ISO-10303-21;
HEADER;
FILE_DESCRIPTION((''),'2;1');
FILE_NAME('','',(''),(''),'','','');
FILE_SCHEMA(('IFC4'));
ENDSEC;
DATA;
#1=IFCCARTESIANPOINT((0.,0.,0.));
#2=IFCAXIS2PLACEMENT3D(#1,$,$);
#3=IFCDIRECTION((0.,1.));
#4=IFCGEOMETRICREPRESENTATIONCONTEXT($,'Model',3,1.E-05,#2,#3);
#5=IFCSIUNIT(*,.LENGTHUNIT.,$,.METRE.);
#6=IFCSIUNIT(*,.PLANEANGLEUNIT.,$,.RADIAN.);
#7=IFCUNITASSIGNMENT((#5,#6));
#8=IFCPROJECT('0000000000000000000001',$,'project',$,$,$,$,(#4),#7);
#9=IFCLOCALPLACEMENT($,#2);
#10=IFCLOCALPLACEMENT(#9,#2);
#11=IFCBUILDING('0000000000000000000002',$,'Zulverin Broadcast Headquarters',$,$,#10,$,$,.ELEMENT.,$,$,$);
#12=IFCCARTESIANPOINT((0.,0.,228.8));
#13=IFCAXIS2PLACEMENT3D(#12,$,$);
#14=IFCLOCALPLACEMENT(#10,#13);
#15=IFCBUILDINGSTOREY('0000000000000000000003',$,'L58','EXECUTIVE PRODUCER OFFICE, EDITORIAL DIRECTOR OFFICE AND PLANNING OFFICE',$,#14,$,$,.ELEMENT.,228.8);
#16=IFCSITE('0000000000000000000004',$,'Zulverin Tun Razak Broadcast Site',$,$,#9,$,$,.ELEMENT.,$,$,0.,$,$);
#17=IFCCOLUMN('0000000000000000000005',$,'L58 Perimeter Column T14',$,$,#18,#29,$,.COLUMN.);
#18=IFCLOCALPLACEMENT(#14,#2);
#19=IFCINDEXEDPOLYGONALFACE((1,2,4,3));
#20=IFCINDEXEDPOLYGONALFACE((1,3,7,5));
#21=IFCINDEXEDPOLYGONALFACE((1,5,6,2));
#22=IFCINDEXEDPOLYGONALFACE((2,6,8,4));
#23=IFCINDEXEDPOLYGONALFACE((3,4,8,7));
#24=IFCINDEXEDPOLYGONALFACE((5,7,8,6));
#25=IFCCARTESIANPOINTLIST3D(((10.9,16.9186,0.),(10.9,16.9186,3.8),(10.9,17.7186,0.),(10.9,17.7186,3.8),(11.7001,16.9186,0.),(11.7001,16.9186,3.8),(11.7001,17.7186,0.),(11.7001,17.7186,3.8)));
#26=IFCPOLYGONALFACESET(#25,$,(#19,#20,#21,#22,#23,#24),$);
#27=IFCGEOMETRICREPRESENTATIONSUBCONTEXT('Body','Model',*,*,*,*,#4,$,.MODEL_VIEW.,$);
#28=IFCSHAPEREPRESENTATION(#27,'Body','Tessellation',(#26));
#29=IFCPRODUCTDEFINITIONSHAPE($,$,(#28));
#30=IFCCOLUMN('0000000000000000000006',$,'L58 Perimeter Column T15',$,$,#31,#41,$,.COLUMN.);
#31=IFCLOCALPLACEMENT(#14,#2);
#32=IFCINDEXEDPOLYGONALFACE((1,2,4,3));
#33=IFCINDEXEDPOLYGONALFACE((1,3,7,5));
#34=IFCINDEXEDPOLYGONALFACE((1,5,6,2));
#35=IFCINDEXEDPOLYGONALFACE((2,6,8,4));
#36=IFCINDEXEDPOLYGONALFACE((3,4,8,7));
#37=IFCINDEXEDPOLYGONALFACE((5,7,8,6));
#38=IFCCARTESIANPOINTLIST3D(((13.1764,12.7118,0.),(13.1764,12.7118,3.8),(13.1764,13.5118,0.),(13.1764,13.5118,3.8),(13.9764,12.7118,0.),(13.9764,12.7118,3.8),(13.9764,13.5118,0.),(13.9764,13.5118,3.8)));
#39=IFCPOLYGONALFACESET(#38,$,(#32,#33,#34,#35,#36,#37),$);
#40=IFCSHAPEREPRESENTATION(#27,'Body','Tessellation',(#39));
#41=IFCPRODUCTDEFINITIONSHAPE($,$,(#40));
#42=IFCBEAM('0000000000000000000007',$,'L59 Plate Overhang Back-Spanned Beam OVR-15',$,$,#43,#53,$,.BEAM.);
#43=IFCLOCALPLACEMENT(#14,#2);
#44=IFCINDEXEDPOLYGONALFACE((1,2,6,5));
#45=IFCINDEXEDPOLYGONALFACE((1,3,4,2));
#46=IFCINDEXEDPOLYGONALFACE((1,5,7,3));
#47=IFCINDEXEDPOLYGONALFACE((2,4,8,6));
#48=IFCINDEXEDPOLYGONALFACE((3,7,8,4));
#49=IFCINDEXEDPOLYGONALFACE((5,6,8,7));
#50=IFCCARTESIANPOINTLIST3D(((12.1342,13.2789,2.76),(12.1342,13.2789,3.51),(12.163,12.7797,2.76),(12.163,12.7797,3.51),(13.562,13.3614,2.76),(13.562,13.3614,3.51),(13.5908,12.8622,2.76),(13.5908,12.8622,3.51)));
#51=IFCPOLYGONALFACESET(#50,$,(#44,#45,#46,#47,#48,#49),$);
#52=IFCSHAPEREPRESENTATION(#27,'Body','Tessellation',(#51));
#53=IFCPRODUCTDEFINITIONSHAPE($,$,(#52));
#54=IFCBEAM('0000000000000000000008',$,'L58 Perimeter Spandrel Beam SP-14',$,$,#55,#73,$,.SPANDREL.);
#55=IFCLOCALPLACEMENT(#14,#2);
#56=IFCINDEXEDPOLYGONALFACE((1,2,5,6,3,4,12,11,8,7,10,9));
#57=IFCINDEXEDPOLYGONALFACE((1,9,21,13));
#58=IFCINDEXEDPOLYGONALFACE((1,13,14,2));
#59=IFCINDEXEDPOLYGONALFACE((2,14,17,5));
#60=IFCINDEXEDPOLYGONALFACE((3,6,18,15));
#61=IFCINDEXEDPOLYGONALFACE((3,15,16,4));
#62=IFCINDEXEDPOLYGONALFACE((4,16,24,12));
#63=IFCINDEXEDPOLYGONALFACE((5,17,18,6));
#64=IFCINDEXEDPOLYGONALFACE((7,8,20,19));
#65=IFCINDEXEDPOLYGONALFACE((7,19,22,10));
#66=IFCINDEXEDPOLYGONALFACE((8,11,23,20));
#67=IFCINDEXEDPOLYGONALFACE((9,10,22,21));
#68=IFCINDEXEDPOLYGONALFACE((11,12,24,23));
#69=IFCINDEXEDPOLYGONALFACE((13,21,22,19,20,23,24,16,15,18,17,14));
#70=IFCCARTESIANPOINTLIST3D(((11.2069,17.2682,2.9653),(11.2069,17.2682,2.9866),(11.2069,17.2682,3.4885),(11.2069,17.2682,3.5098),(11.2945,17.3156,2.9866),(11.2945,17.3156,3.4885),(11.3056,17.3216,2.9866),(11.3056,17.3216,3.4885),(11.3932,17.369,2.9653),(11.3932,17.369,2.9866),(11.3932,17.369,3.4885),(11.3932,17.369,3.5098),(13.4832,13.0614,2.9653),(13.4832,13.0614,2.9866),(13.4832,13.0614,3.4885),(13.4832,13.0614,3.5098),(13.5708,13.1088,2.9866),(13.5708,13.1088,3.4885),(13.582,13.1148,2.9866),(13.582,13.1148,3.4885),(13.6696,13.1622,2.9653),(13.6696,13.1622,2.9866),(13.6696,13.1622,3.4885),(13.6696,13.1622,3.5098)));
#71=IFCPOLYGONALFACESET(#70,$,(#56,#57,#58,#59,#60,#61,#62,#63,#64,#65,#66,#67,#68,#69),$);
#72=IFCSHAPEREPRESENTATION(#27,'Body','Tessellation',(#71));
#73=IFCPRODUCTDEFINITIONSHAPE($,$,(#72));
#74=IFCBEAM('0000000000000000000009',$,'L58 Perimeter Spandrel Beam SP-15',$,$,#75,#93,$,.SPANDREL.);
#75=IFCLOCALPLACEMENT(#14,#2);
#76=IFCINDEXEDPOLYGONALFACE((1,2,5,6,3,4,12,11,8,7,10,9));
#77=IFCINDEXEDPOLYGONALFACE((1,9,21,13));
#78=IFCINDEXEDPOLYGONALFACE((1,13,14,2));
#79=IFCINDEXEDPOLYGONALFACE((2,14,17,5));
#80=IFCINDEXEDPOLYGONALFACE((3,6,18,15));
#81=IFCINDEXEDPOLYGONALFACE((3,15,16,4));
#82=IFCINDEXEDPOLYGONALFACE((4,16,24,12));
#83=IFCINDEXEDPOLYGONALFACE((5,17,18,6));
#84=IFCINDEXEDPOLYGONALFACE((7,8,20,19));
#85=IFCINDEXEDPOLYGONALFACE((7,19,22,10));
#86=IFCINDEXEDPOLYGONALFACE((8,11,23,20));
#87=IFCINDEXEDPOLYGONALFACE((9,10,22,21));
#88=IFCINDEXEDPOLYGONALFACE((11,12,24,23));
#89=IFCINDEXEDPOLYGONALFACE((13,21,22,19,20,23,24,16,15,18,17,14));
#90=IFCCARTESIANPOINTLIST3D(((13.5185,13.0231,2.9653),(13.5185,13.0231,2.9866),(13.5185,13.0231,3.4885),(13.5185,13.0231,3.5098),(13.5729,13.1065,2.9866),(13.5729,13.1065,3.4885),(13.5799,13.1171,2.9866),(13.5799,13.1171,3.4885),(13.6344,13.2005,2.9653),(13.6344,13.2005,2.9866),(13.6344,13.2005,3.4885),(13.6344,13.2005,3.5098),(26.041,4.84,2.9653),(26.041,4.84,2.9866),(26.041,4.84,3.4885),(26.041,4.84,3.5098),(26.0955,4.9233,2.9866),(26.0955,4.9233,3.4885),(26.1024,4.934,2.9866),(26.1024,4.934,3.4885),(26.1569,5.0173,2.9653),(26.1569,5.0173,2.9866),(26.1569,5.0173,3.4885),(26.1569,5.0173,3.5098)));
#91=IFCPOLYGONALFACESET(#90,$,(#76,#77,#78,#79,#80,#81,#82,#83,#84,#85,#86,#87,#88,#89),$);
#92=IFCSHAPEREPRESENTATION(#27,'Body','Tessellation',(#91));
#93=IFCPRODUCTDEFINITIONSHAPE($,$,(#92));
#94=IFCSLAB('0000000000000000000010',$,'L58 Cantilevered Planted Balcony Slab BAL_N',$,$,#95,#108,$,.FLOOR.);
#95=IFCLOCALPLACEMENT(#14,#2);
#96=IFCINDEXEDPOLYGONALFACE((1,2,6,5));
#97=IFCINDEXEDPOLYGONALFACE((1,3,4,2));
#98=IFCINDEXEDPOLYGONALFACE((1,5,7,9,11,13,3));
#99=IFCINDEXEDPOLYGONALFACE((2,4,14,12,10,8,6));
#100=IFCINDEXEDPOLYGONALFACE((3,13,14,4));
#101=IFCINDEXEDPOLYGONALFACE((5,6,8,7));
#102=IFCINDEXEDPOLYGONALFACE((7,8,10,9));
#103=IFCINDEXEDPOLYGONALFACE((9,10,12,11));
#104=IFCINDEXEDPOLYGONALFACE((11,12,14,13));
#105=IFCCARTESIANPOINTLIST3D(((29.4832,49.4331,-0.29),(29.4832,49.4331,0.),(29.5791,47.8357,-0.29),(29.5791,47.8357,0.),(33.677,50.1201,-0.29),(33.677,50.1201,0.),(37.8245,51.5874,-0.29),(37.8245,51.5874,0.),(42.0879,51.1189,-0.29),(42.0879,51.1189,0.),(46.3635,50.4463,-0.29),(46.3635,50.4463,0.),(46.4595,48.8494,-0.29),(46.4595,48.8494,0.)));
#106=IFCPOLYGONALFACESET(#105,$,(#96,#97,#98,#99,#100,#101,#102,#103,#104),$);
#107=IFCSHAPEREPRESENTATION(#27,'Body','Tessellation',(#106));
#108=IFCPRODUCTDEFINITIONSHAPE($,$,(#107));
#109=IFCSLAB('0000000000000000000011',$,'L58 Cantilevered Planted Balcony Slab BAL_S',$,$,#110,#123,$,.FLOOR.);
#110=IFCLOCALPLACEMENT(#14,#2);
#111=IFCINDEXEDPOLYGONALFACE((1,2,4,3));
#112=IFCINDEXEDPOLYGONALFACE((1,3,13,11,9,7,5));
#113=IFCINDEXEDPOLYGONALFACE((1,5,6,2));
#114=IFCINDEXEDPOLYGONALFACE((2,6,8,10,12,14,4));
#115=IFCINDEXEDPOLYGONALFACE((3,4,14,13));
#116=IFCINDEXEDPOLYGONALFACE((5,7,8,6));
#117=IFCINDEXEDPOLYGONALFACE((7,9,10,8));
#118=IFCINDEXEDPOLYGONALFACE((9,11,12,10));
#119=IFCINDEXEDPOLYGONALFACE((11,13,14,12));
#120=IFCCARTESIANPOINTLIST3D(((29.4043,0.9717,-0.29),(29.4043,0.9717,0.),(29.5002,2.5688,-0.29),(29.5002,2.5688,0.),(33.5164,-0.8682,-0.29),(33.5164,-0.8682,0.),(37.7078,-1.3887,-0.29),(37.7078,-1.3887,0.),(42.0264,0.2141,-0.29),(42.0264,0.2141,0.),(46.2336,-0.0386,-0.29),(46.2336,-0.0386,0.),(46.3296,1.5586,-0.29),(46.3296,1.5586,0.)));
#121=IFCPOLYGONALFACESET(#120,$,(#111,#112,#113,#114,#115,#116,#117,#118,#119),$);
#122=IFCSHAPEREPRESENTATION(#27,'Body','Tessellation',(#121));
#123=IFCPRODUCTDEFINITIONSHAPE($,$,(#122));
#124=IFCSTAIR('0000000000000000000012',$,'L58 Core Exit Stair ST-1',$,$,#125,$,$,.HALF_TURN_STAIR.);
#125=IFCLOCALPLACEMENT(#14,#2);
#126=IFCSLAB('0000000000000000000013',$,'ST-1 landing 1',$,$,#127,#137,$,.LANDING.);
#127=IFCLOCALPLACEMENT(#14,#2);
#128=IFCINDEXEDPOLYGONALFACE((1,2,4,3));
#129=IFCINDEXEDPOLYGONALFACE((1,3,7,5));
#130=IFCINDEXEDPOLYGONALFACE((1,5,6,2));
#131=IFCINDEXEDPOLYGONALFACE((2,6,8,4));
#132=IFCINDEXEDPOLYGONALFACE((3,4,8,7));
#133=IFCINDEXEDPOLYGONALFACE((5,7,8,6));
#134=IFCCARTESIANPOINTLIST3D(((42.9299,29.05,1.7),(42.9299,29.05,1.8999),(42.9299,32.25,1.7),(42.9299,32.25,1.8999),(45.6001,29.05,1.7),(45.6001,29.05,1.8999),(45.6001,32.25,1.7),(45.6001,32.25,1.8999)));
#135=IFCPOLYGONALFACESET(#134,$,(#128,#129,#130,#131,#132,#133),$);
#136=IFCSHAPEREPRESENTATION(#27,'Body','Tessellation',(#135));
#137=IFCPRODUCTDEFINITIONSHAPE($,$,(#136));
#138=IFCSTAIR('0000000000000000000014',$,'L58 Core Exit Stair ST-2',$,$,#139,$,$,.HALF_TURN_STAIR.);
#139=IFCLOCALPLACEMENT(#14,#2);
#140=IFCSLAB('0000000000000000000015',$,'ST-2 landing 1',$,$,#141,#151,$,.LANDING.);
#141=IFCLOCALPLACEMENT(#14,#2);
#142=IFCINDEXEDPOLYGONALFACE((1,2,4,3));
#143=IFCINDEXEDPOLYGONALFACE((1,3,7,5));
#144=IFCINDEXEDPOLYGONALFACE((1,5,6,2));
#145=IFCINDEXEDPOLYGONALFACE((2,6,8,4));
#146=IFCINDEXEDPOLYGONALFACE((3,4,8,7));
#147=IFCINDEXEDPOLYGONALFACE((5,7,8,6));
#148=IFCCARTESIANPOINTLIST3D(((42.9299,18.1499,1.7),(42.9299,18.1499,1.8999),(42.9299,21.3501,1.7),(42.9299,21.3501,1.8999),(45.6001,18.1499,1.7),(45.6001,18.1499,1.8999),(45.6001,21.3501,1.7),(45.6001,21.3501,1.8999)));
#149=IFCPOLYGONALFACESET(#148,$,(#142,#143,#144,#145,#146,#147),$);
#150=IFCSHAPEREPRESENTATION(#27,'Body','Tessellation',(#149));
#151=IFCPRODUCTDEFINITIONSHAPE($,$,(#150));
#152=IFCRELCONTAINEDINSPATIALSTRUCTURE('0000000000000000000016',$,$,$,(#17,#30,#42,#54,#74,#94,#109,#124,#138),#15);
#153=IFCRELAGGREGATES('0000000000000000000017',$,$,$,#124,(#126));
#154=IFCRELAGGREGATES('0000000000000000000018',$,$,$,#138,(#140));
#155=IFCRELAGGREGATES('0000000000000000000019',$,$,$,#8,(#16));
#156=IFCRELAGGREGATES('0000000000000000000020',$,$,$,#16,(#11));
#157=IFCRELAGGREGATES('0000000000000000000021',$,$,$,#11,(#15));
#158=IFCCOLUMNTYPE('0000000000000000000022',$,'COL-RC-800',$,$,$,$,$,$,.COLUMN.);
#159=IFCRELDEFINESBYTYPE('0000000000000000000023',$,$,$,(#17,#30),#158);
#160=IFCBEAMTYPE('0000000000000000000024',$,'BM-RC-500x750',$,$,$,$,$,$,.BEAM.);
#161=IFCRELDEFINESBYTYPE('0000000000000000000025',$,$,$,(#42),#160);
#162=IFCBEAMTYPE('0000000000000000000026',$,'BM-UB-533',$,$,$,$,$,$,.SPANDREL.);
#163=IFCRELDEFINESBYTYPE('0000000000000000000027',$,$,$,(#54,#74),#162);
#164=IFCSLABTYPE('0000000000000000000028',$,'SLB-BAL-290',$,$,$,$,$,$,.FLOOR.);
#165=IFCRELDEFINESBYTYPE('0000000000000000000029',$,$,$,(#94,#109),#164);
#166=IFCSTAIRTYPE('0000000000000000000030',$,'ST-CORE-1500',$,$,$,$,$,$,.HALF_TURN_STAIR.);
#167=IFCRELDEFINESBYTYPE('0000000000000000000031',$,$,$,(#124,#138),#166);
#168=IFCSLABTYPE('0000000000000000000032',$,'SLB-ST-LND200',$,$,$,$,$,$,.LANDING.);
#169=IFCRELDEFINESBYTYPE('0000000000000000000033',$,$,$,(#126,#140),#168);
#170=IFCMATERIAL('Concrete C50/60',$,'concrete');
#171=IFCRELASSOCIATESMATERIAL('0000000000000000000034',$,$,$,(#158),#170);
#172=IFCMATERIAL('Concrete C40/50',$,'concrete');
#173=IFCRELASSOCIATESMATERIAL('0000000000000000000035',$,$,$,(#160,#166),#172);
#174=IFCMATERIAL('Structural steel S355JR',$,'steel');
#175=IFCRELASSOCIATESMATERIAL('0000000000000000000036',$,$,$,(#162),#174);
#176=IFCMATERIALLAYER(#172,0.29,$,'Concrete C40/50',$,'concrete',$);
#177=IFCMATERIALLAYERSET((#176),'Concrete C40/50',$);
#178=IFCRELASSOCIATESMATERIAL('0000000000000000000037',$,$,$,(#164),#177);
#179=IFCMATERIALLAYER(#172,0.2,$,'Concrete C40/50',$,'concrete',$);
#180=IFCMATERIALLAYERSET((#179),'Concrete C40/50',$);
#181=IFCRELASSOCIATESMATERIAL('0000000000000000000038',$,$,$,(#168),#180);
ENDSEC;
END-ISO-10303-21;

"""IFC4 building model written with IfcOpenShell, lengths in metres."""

from ifc_helpers import new_model, si_unit, direction, frame, origin, origin_2d, place, context, subcontext, project, spatial, polyline, rectangle, i_section, outline, extrude, material, layer, layer_set, material_profile, profile_set, type_object, element, aggregate, save


model = new_model("IFC4")

# Units and contexts
model_context = context("Model", 3, precision=1e-05, world=origin(), true_north=direction((0.0, 1.0)))
body_context = subcontext(model_context, "Body", "Model", "MODEL_VIEW")
ifc_project = project(units=[si_unit("LENGTHUNIT", "METRE"), si_unit("PLANEANGLEUNIT", "RADIAN")], contexts=[model_context])

# Site, building, storey
site_placement = place(None, origin())
site = spatial("IfcSite", under=ifc_project, at=site_placement, Name="Zulverin Tun Razak Broadcast Site", CompositionType="ELEMENT", RefElevation=0.0)
building_placement = place(site_placement, origin())
building = spatial("IfcBuilding", under=site, at=building_placement, Name="Zulverin Broadcast Headquarters", CompositionType="ELEMENT")
storey_placement = place(building_placement, frame((0.0, 0.0, 228.8)))
storey = spatial("IfcBuildingStorey", under=building, at=storey_placement, Name="L58", Description="EXECUTIVE PRODUCER OFFICE, EDITORIAL DIRECTOR OFFICE AND PLANNING OFFICE", CompositionType="ELEMENT", Elevation=228.8)

# Columns
ifc_material_1 = material(Name="Concrete C50/60", Category="concrete")
ifc_material_profile_1 = material_profile(ifc_material_1, rectangle(XDim=0.8, YDim=0.8, at=origin_2d()), Name="Concrete C50/60", Category="concrete")
ifc_profile_set_1 = profile_set([ifc_material_profile_1], Name="Concrete C50/60")
column_type = type_object("IfcColumnType", Name="COL-RC-800", PredefinedType="COLUMN", material=ifc_profile_set_1)
for number, where, z_axis, x_axis, name in (
    (1, (11.3, 17.3186, 0.0), (0.0, 0.0, 1.0), (1.0, 0.0, 0.0), "L58 Perimeter Column T14"),
    (2, (13.5764, 13.1118, 0.0), (0.0, 0.0, 1.0), (1.0, 0.0, 0.0), "L58 Perimeter Column T15"),
):
    element("IfcColumn", number, at=place(storey_placement, frame(where, z_axis=z_axis, x_axis=x_axis)), inside=storey, type_object=column_type, Name=name, PredefinedType="COLUMN", context=body_context, shape_type="SweptSolid", body=[
        extrude(rectangle(XDim=0.8, YDim=0.8, at=origin_2d()), origin(), (0.0, 0.0, 1.0), 3.8),
    ])

# Beams
ifc_material_2 = material(Name="Concrete C40/50", Category="concrete")
ifc_material_profile_2 = material_profile(ifc_material_2, rectangle(XDim=0.5, YDim=0.75, at=origin_2d()), Name="Concrete C40/50", Category="concrete")
ifc_profile_set_2 = profile_set([ifc_material_profile_2], Name="Concrete C40/50")
beam_type_1 = type_object("IfcBeamType", Name="BM-RC-500x750", PredefinedType="BEAM", material=ifc_profile_set_2)
beam_1_placement = place(storey_placement, frame((13.5764, 13.1118, 3.135), z_axis=(-0.998334, -0.057701, 0.0), x_axis=(0.057701, -0.998334, 0.0)))
element("IfcBeam", 3, at=beam_1_placement, inside=storey, type_object=beam_type_1, Name="L59 Plate Overhang Back-Spanned Beam OVR-15", PredefinedType="BEAM", context=body_context, shape_type="SweptSolid", body=[
    extrude(rectangle(XDim=0.5, YDim=0.75, at=origin_2d()), origin(), (0.0, 0.0, 1.0), 1.4302),
])
ifc_material_3 = material(Name="Structural steel S355JR", Category="steel")
ifc_material_profile_3 = material_profile(ifc_material_3, i_section(OverallWidth=0.2119, OverallDepth=0.5444, WebThickness=0.0127, FlangeThickness=0.0212, at=origin_2d()), Name="Structural steel S355JR", Category="steel")
ifc_profile_set_3 = profile_set([ifc_material_profile_3], Name="Structural steel S355JR")
beam_type_2 = type_object("IfcBeamType", Name="BM-UB-533", PredefinedType="SPANDREL", material=ifc_profile_set_3)
beam_2_placement = place(storey_placement, frame((11.3, 17.3186, 3.2375), z_axis=(0.47591, -0.879494, 0.0), x_axis=(0.879494, 0.47591, 0.0)))
element("IfcBeam", 4, at=beam_2_placement, inside=storey, type_object=beam_type_2, Name="L58 Perimeter Spandrel Beam SP-14", PredefinedType="SPANDREL", context=body_context, shape_type="SweptSolid", body=[
    extrude(i_section(OverallWidth=0.2119, OverallDepth=0.5444, WebThickness=0.0127, FlangeThickness=0.0212, at=origin_2d()), origin(), (0.0, 0.0, 1.0), 4.7832),
])
beam_3_placement = place(storey_placement, frame((13.5764, 13.1118, 3.2375), z_axis=(0.837112, -0.547031, 0.0), x_axis=(0.547031, 0.837112, 0.0)))
element("IfcBeam", 5, at=beam_3_placement, inside=storey, type_object=beam_type_2, Name="L58 Perimeter Spandrel Beam SP-15", PredefinedType="SPANDREL", context=body_context, shape_type="SweptSolid", body=[
    extrude(i_section(OverallWidth=0.2119, OverallDepth=0.5444, WebThickness=0.0127, FlangeThickness=0.0212, at=origin_2d()), origin(), (0.0, 0.0, 1.0), 14.9592),
])

# Slabs
ifc_layer_1 = layer(ifc_material_2, 0.29, Name="Concrete C40/50", Category="concrete")
ifc_layer_set_1 = layer_set([ifc_layer_1], Name="Concrete C40/50")
slab_type_1 = type_object("IfcSlabType", Name="SLB-BAL-290", PredefinedType="FLOOR", material=ifc_layer_set_1)
slab_1_placement = place(storey_placement, frame((0.0, 0.0, -0.29)))
element("IfcSlab", 6, at=slab_1_placement, inside=storey, type_object=slab_type_1, Name="L58 Cantilevered Planted Balcony Slab BAL_N", PredefinedType="FLOOR", context=body_context, shape_type="SweptSolid", body=[
    extrude(outline(polyline([(29.5791, 47.8357), (46.4595, 48.8494), (46.3635, 50.4463), (42.0879, 51.1189), (37.8245, 51.5874), (33.677, 50.1201), (29.4832, 49.4331), (29.5791, 47.8357)])), origin(), (0.0, 0.0, 1.0), 0.29),
])
slab_2_placement = place(storey_placement, frame((0.0, 0.0, -0.29)))
element("IfcSlab", 7, at=slab_2_placement, inside=storey, type_object=slab_type_1, Name="L58 Cantilevered Planted Balcony Slab BAL_S", PredefinedType="FLOOR", context=body_context, shape_type="SweptSolid", body=[
    extrude(outline(polyline([(46.3296, 1.5586), (29.5002, 2.5688), (29.4043, 0.9717), (33.5164, -0.8682), (37.7078, -1.3887), (42.0264, 0.2141), (46.2336, -0.0386), (46.3296, 1.5586)])), origin(), (0.0, 0.0, 1.0), 0.29),
])

# Stairs, slabs
stair_type = type_object("IfcStairType", Name="ST-CORE-1500", PredefinedType="HALF_TURN_STAIR", material=ifc_material_2)
stair_1_placement = place(storey_placement, origin())
stair_1 = element("IfcStair", 8, at=stair_1_placement, inside=storey, type_object=stair_type, Name="L58 Core Exit Stair ST-1", PredefinedType="HALF_TURN_STAIR")
ifc_layer_2 = layer(ifc_material_2, 0.2, Name="Concrete C40/50", Category="concrete")
ifc_layer_set_2 = layer_set([ifc_layer_2], Name="Concrete C40/50")
slab_type_2 = type_object("IfcSlabType", Name="SLB-ST-LND200", PredefinedType="LANDING", material=ifc_layer_set_2)
slab_3_placement = place(storey_placement, frame((0.0, 0.0, 1.7)))
slab_3 = element("IfcSlab", 9, at=slab_3_placement, type_object=slab_type_2, Name="ST-1 landing 1", PredefinedType="LANDING", context=body_context, shape_type="SweptSolid", body=[
    extrude(outline(polyline([(42.9299, 29.05), (45.6001, 29.05), (45.6001, 32.25), (42.9299, 32.25), (42.9299, 29.05)])), origin(), (0.0, 0.0, 1.0), 0.2),
])
aggregate(stair_1, [slab_3])
stair_2_placement = place(storey_placement, origin())
stair_2 = element("IfcStair", 10, at=stair_2_placement, inside=storey, type_object=stair_type, Name="L58 Core Exit Stair ST-2", PredefinedType="HALF_TURN_STAIR")
slab_4_placement = place(storey_placement, frame((0.0, 0.0, 1.7)))
slab_4 = element("IfcSlab", 11, at=slab_4_placement, type_object=slab_type_2, Name="ST-2 landing 1", PredefinedType="LANDING", context=body_context, shape_type="SweptSolid", body=[
    extrude(outline(polyline([(42.9299, 18.1499), (45.6001, 18.1499), (45.6001, 21.3501), (42.9299, 21.3501), (42.9299, 18.1499)])), origin(), (0.0, 0.0, 1.0), 0.2),
])
aggregate(stair_2, [slab_4])

save(model, "model.ifc")
